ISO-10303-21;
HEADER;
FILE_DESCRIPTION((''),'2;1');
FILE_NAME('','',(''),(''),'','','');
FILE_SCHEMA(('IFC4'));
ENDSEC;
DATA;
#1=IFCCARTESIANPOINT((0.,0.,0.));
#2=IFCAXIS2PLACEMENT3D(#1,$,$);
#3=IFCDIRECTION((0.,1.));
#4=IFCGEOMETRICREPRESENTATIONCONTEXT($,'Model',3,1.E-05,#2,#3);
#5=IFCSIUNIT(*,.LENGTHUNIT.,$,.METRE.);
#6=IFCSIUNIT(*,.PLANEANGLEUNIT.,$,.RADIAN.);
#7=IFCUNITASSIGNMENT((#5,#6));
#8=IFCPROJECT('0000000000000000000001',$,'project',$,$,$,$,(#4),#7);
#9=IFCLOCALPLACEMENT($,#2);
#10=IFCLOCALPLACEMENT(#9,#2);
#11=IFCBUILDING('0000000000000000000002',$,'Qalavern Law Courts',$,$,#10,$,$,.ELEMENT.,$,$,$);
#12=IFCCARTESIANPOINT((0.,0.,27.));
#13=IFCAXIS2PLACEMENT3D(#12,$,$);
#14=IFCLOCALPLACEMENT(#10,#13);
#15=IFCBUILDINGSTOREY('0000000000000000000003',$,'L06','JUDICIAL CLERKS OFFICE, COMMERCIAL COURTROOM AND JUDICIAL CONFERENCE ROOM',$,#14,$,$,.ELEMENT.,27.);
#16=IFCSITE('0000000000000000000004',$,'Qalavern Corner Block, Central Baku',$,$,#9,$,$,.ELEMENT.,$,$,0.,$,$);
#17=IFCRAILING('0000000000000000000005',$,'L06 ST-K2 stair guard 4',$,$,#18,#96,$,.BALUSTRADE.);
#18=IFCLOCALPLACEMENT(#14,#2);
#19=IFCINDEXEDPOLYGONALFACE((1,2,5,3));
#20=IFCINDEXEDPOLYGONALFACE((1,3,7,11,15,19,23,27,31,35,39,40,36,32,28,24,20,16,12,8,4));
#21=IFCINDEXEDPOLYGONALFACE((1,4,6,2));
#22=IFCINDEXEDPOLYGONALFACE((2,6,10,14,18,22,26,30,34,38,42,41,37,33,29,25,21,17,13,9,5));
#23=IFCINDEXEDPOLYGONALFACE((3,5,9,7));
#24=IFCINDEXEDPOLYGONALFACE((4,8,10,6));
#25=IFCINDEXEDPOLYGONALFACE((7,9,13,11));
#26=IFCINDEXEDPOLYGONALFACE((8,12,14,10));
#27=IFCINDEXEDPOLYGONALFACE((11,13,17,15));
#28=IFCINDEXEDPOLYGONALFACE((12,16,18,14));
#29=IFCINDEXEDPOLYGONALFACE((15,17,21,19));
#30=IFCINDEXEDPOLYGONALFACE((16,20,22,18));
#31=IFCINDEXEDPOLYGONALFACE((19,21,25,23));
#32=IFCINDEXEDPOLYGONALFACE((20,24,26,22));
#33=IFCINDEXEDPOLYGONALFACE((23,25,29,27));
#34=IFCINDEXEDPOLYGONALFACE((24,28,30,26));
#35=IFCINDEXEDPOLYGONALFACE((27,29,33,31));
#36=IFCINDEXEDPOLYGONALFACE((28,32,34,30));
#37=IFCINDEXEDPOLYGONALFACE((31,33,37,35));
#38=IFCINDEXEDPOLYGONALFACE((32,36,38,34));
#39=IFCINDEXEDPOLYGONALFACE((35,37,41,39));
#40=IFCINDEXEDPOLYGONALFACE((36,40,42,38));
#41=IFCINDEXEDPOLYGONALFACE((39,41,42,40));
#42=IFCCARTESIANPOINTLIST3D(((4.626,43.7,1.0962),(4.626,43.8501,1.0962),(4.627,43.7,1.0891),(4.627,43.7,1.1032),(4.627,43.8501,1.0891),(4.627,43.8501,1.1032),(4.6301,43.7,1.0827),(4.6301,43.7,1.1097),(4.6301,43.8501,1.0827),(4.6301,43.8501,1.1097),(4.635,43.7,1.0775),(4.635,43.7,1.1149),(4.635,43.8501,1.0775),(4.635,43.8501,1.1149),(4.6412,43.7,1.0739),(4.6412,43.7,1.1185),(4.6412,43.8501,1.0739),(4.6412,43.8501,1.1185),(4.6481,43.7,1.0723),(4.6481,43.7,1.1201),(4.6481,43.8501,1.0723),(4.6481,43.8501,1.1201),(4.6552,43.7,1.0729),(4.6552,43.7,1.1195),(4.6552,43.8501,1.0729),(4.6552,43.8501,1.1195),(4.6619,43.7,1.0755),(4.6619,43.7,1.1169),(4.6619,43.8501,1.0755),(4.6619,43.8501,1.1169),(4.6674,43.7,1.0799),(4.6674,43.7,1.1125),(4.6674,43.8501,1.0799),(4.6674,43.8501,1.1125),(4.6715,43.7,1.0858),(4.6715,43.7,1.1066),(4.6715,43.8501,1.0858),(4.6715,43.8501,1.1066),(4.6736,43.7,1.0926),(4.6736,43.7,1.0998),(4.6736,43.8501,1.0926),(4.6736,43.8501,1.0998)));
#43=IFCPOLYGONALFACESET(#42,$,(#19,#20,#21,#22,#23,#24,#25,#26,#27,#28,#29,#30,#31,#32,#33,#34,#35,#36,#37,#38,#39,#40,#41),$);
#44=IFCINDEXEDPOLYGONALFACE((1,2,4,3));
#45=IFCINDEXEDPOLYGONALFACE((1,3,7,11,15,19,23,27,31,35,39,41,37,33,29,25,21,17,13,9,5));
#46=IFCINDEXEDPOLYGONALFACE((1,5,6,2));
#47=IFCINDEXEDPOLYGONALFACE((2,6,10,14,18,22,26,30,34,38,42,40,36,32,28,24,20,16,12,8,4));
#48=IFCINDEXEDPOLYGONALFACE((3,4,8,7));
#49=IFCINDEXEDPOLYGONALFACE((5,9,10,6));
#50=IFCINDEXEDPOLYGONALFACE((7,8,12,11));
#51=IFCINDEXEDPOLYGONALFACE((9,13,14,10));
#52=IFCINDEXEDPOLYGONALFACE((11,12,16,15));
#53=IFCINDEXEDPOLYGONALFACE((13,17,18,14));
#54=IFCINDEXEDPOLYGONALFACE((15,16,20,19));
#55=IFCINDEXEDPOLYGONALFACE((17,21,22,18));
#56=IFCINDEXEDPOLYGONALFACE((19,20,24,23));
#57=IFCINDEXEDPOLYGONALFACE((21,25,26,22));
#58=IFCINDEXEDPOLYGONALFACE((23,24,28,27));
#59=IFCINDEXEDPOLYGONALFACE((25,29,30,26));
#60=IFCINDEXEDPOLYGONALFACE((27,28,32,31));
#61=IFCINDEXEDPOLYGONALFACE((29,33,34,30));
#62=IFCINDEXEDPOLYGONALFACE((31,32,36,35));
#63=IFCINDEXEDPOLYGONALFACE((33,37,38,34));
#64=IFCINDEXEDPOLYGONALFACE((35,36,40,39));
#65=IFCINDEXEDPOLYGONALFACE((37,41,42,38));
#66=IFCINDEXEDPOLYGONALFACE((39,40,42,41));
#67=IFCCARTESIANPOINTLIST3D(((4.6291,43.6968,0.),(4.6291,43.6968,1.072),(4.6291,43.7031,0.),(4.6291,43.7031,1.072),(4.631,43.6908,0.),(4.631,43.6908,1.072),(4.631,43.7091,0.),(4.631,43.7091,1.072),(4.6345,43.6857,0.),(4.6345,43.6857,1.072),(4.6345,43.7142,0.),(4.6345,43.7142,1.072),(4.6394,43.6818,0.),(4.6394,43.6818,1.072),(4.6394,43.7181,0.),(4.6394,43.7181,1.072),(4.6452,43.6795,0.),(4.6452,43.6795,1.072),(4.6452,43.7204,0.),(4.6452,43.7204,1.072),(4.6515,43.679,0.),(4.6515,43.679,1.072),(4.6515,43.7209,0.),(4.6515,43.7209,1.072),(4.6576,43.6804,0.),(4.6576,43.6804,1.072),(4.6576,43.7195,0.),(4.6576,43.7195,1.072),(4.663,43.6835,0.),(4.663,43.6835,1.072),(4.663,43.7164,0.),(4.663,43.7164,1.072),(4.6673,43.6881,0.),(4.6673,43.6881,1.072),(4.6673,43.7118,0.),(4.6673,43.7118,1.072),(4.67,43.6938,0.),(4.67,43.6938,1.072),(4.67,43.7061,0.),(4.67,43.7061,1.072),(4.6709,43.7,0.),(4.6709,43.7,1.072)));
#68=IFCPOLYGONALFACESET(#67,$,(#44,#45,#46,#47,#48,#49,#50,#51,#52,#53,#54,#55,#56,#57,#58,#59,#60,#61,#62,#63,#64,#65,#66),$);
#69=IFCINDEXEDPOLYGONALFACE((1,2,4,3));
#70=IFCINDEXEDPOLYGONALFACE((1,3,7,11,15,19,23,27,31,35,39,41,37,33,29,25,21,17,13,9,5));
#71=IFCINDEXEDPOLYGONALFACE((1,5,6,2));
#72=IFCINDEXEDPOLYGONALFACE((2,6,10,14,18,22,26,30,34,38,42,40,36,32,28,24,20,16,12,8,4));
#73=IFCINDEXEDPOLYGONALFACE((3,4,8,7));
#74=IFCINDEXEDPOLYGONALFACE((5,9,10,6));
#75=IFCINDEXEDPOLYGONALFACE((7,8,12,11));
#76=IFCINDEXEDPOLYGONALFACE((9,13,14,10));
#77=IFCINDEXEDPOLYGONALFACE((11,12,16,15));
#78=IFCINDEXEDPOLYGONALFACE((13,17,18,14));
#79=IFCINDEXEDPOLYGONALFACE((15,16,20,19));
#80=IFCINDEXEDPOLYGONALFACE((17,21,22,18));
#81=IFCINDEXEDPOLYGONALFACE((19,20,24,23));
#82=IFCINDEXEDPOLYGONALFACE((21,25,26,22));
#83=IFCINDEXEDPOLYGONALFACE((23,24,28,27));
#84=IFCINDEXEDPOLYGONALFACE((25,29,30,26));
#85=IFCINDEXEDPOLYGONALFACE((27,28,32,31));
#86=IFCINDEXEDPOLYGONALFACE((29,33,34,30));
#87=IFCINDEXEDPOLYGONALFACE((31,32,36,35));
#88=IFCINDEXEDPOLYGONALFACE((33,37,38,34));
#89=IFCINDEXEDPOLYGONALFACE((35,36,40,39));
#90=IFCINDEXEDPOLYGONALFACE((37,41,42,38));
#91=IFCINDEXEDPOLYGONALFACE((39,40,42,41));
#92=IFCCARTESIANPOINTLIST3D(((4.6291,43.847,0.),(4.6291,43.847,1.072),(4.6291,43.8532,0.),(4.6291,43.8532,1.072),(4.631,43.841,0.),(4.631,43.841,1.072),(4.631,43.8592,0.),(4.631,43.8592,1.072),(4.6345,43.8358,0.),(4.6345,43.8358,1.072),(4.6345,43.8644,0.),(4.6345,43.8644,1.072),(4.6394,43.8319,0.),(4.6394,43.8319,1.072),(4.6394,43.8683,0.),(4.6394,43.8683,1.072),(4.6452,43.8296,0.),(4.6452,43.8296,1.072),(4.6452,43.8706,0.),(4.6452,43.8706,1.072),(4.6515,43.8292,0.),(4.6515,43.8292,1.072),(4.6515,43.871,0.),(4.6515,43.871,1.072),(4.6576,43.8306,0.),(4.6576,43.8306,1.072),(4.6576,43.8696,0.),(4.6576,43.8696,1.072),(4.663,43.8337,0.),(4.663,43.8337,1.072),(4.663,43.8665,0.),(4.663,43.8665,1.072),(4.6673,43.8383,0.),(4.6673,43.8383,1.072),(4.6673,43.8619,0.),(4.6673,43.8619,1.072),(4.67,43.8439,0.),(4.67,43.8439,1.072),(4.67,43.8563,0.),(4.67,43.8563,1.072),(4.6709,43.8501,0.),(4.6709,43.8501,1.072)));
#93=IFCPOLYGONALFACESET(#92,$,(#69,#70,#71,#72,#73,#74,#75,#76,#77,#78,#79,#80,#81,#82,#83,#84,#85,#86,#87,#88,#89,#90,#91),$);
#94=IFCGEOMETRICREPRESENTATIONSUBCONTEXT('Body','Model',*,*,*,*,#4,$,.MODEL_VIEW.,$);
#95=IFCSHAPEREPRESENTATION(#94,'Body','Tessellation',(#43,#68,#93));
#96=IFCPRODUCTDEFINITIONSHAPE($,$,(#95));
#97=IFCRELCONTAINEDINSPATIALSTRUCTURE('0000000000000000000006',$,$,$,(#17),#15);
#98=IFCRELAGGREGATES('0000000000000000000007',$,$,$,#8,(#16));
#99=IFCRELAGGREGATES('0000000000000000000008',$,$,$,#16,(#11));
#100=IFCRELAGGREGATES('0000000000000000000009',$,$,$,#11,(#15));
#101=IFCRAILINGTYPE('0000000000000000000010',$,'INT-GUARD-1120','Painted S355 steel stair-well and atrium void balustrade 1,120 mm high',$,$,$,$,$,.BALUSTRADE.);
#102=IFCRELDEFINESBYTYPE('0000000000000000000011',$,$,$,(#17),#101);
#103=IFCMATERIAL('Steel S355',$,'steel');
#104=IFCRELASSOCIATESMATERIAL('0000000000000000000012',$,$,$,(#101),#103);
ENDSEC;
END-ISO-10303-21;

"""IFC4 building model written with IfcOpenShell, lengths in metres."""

from ifc_helpers import new_model, si_unit, direction, frame, origin, origin_2d, place, context, subcontext, project, spatial, circle, extrude, material, type_object, element, save


model = new_model("IFC4")

# Units and contexts
model_context = context("Model", 3, precision=1e-05, world=origin(), true_north=direction((0.0, 1.0)))
body_context = subcontext(model_context, "Body", "Model", "MODEL_VIEW")
ifc_project = project(units=[si_unit("LENGTHUNIT", "METRE"), si_unit("PLANEANGLEUNIT", "RADIAN")], contexts=[model_context])

# Site, building, storey
site_placement = place(None, origin())
site = spatial("IfcSite", under=ifc_project, at=site_placement, Name="Qalavern Corner Block, Central Baku", CompositionType="ELEMENT", RefElevation=0.0)
building_placement = place(site_placement, origin())
building = spatial("IfcBuilding", under=site, at=building_placement, Name="Qalavern Law Courts", CompositionType="ELEMENT")
storey_placement = place(building_placement, frame((0.0, 0.0, 27.0)))
storey = spatial("IfcBuildingStorey", under=building, at=storey_placement, Name="L06", Description="JUDICIAL CLERKS OFFICE, COMMERCIAL COURTROOM AND JUDICIAL CONFERENCE ROOM", CompositionType="ELEMENT", Elevation=27.0)

# Shared definitions
ifc_material_1 = material(Name="Steel S355", Category="steel")

# Railing
railing_type_1 = type_object("IfcRailingType", Name="INT-GUARD-1120", Description="Painted S355 steel stair-well and atrium void balustrade 1,120 mm high", PredefinedType="BALUSTRADE", material=ifc_material_1)
railing_1_placement = place(storey_placement, frame((4.6499, 43.7, 0.0)))
element("IfcRailing", 1, at=railing_1_placement, inside=storey, type_object=railing_type_1, Name="L06 ST-K2 stair guard 4", PredefinedType="BALUSTRADE", context=body_context, shape_type="SweptSolid", body=[
    extrude(circle(Radius=0.0239, at=origin_2d()), frame((0.0, 0.0, 1.0962), z_axis=(0.0, 1.0, 0.0), x_axis=(-1.0, 0.0, 0.0)), (0.0, 0.0, 1.0), 0.1501),
    extrude(circle(Radius=0.021, at=origin_2d()), origin(), (0.0, 0.0, 1.0), 1.072),
    extrude(circle(Radius=0.021, at=origin_2d()), frame((0.0, 0.1501, 0.0)), (0.0, 0.0, 1.0), 1.072),
])

save(model, "model.ifc")
